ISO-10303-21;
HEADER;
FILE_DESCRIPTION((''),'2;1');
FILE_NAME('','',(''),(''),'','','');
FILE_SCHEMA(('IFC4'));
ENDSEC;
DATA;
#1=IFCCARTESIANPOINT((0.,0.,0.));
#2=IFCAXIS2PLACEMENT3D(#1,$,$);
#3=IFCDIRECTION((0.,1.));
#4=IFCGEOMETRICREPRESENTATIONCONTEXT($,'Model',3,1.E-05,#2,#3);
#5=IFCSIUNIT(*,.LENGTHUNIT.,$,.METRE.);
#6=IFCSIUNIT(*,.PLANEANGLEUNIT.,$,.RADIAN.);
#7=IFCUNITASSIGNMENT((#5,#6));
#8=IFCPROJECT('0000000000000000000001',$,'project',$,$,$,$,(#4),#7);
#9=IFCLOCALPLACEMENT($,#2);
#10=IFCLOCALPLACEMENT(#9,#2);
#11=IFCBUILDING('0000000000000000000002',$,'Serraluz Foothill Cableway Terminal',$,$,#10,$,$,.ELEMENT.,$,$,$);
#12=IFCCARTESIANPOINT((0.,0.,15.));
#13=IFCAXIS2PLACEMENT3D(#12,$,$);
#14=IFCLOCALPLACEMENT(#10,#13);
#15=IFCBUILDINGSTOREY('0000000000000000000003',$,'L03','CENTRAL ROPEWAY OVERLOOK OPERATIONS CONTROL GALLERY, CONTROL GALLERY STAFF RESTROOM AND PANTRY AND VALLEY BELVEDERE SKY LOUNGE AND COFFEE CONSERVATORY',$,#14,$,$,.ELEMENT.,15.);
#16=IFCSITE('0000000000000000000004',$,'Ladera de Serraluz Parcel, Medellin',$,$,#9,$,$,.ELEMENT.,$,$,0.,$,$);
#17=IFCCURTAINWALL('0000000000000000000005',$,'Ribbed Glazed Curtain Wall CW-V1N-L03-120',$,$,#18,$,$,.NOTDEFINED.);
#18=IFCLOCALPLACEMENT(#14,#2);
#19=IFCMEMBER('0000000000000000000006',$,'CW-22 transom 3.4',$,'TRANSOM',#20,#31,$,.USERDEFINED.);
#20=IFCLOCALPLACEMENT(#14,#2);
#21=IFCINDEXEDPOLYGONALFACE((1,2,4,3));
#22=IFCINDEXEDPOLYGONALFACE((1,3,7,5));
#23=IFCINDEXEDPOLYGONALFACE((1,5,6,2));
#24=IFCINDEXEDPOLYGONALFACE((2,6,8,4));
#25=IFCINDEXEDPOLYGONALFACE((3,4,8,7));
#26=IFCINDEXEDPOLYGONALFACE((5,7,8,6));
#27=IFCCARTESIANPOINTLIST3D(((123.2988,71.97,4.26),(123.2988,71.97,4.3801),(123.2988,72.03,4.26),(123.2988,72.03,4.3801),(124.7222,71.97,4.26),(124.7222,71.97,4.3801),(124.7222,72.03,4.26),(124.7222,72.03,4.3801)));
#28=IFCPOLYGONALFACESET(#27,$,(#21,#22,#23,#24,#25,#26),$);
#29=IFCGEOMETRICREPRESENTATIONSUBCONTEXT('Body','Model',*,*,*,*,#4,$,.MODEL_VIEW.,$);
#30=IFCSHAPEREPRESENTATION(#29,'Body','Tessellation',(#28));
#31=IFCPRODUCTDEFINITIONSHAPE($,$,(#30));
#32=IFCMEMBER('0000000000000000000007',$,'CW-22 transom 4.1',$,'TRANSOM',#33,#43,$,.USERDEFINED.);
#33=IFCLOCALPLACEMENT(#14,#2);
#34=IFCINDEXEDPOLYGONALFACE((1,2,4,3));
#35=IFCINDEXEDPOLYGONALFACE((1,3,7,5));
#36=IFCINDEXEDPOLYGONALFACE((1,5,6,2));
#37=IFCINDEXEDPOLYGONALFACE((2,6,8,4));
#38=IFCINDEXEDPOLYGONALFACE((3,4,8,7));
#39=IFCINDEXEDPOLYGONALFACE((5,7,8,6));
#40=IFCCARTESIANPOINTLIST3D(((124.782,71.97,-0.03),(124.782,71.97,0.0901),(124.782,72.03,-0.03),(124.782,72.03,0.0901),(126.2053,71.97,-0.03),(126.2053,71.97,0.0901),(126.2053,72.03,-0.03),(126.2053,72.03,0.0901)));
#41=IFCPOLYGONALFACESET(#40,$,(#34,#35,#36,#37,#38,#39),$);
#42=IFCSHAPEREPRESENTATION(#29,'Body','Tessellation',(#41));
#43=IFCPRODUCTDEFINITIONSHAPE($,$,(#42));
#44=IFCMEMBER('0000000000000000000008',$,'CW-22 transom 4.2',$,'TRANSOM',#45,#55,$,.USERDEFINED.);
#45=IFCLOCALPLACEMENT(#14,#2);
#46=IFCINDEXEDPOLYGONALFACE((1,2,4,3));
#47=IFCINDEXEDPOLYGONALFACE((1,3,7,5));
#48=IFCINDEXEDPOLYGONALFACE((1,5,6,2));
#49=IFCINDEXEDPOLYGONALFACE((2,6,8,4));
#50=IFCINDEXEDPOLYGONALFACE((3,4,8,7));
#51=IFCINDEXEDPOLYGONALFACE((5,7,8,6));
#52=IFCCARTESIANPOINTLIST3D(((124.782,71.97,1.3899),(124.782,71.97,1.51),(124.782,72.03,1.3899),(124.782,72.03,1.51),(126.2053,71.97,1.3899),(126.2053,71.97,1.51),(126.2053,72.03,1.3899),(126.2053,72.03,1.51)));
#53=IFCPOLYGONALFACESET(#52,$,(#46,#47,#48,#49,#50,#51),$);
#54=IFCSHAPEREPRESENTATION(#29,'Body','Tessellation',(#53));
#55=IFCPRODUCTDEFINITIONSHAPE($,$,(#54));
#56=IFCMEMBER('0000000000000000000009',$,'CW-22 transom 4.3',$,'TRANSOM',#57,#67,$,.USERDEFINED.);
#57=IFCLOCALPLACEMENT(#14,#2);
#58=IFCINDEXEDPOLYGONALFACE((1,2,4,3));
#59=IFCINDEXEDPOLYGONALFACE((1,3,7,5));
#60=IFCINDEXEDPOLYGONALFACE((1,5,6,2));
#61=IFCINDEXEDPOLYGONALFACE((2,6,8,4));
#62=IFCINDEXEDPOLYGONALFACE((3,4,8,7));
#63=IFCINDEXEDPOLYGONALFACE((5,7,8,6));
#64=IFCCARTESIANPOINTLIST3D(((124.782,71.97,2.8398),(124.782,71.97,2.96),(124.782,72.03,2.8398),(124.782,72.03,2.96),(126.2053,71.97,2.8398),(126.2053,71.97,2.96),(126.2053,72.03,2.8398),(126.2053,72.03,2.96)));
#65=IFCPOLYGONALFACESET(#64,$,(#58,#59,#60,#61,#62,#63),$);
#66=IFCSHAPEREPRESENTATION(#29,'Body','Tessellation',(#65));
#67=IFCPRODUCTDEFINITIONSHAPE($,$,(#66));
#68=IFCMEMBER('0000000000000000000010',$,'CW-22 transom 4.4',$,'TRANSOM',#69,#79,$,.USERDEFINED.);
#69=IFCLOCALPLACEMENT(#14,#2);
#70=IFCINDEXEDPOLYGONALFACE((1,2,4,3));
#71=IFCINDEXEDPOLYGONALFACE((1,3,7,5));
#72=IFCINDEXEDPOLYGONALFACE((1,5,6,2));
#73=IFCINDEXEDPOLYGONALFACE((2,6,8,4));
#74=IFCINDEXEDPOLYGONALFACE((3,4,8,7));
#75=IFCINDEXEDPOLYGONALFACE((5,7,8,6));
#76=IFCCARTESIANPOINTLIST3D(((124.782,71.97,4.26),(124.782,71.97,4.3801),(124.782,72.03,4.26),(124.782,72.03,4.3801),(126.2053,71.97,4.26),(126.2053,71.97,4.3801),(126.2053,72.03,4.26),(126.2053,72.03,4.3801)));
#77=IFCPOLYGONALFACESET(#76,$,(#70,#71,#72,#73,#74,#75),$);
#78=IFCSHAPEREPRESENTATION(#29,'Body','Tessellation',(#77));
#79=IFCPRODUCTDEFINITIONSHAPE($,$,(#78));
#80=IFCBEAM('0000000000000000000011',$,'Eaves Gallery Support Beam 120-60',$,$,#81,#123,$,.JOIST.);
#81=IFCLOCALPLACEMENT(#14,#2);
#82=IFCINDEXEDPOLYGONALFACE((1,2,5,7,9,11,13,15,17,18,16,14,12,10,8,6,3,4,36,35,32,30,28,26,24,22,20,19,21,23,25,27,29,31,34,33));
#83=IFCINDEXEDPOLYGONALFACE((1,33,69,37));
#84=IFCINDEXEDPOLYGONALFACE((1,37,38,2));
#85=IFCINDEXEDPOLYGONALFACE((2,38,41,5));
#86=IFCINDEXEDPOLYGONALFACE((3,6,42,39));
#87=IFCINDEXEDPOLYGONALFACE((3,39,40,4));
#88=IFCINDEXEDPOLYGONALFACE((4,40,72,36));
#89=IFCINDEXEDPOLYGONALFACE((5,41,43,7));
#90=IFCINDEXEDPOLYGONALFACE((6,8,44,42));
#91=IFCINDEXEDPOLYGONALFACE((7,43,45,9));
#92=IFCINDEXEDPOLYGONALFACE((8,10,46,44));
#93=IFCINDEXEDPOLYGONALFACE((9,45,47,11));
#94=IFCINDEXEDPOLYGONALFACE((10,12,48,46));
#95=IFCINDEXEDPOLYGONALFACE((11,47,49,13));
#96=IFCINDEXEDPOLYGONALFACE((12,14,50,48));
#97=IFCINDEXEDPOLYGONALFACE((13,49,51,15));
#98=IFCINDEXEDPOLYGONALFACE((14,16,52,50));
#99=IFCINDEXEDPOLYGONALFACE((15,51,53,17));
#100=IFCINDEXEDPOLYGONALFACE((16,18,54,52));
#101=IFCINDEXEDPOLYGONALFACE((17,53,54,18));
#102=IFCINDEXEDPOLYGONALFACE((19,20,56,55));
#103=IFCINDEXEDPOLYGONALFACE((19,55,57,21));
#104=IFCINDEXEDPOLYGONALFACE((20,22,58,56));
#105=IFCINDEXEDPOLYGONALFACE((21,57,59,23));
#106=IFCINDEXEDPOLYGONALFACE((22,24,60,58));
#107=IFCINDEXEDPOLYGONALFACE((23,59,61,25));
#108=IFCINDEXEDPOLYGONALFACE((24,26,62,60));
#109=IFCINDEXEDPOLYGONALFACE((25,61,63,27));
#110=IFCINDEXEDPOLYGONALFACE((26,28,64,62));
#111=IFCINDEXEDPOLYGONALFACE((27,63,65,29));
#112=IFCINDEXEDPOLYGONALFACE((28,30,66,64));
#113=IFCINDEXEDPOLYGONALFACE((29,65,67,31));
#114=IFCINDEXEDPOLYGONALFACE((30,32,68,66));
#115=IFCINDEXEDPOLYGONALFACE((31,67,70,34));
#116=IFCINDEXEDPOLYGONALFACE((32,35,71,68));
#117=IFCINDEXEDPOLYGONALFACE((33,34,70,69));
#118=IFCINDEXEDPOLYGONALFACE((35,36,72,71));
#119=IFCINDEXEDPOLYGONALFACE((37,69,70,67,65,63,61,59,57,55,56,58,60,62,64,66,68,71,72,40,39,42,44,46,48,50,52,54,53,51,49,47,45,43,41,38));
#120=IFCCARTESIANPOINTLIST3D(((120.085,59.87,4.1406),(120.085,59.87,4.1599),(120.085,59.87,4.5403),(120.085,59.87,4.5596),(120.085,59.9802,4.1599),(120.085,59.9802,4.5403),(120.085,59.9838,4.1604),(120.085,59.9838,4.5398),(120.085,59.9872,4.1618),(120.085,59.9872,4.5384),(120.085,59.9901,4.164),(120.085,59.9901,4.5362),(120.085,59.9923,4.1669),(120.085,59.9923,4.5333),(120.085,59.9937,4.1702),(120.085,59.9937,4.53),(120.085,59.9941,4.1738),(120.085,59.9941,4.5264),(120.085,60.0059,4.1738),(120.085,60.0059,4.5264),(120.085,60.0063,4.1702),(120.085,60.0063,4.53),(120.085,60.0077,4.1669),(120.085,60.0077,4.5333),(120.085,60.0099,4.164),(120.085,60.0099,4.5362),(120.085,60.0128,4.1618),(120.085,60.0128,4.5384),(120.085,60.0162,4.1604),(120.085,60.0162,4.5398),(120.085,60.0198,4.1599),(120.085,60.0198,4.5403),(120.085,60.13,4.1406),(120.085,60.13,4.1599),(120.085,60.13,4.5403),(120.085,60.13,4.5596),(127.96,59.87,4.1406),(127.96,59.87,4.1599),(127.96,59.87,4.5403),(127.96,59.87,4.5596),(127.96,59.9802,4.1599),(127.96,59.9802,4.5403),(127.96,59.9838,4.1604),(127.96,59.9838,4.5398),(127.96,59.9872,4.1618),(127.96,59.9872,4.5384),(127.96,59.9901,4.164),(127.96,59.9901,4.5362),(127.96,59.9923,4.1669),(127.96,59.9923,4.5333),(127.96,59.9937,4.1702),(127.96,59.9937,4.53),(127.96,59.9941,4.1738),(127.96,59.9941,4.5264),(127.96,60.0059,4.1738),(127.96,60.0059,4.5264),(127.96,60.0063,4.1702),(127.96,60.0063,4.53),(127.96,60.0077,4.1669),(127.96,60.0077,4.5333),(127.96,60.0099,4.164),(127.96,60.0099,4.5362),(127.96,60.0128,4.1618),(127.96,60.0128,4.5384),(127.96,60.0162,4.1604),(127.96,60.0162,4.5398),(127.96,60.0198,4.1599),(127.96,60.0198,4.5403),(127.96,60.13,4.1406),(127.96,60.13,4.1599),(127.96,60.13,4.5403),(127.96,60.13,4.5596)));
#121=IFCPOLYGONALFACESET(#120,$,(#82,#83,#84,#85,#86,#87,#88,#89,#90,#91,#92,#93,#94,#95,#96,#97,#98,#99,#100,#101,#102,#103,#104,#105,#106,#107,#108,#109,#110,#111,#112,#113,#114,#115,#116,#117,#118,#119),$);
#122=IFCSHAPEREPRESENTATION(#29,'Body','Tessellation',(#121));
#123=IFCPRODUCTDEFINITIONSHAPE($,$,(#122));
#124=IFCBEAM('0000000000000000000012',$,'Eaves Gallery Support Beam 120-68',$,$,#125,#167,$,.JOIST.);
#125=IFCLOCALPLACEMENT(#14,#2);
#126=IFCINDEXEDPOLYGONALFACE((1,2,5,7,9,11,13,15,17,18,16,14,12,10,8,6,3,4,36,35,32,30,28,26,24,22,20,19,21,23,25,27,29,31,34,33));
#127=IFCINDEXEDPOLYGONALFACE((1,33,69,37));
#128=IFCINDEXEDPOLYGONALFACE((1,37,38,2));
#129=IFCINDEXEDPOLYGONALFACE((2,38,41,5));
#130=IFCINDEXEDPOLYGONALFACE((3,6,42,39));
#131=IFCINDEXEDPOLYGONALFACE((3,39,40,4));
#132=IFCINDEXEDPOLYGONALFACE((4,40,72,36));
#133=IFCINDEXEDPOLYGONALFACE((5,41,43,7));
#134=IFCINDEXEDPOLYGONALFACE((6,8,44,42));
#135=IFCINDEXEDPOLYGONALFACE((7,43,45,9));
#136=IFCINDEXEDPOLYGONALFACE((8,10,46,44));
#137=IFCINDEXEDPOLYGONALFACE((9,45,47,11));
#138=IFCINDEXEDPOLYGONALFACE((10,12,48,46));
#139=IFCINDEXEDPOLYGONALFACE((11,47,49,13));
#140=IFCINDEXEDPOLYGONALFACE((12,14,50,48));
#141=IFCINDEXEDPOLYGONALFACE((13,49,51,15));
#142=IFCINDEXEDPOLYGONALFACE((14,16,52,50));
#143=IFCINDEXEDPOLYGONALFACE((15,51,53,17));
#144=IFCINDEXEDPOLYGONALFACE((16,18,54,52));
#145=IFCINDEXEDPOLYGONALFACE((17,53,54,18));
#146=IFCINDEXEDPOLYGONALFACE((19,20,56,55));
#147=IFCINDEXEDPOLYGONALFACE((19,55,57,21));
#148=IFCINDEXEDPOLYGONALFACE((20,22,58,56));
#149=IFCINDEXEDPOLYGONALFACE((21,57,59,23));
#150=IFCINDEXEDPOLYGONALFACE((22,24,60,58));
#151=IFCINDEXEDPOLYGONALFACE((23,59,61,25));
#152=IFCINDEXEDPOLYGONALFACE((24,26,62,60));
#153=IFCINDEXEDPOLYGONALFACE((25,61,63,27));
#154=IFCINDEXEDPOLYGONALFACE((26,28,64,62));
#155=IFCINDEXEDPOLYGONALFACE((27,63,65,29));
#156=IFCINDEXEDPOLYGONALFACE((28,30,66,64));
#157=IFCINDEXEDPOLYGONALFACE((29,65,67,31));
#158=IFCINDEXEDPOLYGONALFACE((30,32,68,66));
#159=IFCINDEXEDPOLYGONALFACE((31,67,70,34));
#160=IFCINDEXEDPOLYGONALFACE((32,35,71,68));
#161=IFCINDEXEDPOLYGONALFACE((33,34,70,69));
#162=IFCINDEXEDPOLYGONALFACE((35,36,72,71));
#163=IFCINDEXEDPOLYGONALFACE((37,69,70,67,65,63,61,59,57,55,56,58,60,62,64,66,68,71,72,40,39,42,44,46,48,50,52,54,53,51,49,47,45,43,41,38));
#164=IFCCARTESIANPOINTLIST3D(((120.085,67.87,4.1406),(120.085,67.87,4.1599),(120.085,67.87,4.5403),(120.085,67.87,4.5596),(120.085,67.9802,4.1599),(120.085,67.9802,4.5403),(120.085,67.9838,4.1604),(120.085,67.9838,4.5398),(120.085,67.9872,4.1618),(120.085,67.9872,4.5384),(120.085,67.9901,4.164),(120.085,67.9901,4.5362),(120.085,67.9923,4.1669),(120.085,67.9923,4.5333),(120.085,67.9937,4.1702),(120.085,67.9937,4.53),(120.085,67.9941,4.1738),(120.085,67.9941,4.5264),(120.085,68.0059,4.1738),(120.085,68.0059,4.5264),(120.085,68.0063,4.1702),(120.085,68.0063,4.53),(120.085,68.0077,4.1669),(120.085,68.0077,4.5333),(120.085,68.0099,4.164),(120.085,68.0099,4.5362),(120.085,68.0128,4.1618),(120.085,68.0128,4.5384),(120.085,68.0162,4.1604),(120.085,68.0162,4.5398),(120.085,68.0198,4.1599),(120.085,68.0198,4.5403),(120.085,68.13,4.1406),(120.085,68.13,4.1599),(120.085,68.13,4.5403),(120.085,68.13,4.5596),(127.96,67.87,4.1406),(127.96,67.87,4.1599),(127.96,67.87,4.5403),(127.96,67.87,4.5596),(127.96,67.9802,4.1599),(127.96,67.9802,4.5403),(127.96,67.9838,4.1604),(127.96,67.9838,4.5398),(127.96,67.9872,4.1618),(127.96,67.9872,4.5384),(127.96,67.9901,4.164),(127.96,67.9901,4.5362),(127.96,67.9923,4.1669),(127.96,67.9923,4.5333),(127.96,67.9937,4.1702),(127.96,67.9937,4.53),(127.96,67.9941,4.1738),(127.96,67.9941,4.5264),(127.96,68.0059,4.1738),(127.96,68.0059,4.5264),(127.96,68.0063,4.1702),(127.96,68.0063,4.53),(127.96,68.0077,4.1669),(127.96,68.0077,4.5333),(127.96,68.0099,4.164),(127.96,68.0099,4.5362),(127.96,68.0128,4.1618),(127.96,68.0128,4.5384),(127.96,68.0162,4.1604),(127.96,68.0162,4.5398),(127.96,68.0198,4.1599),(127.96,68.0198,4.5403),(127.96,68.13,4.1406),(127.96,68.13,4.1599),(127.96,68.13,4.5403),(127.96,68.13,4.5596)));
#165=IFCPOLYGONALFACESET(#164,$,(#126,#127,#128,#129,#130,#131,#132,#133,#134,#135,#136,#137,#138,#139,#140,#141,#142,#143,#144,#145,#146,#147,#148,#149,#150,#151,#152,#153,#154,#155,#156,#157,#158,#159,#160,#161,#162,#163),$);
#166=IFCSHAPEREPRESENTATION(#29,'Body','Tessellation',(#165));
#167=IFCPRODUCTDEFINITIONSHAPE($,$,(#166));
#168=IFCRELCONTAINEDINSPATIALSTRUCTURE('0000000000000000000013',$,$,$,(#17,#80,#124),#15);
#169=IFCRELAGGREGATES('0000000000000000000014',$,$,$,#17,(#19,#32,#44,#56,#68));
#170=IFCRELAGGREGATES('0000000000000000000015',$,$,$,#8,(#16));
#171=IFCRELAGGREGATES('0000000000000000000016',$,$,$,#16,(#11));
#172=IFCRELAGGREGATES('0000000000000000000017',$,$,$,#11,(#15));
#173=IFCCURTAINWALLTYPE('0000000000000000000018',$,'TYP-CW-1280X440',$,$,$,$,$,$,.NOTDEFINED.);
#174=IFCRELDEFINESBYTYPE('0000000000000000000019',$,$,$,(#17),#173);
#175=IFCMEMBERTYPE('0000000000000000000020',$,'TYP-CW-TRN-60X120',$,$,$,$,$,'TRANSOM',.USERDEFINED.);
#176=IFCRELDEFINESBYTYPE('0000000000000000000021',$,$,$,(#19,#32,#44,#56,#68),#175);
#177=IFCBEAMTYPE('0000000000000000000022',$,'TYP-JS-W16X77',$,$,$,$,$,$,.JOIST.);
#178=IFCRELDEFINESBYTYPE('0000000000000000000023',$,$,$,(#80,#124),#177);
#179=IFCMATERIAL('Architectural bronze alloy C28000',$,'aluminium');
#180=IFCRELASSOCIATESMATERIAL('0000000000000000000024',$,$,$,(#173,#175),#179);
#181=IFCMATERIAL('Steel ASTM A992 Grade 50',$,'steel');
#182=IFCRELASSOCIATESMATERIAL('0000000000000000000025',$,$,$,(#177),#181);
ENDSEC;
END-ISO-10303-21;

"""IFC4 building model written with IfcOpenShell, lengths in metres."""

from ifc_helpers import new_model, si_unit, direction, frame, origin, origin_2d, place, context, subcontext, project, spatial, rectangle, i_section, extrude, material, material_profile, profile_set, type_object, element, aggregate, save


model = new_model("IFC4")

# Units and contexts
model_context = context("Model", 3, precision=1e-05, world=origin(), true_north=direction((0.0, 1.0)))
body_context = subcontext(model_context, "Body", "Model", "MODEL_VIEW")
ifc_project = project(units=[si_unit("LENGTHUNIT", "METRE"), si_unit("PLANEANGLEUNIT", "RADIAN")], contexts=[model_context])

# Site, building, storey
site_placement = place(None, origin())
site = spatial("IfcSite", under=ifc_project, at=site_placement, Name="Ladera de Serraluz Parcel, Medellin", CompositionType="ELEMENT", RefElevation=0.0)
building_placement = place(site_placement, origin())
building = spatial("IfcBuilding", under=site, at=building_placement, Name="Serraluz Foothill Cableway Terminal", CompositionType="ELEMENT")
storey_placement = place(building_placement, frame((0.0, 0.0, 15.0)))
storey = spatial("IfcBuildingStorey", under=building, at=storey_placement, Name="L03", Description="CENTRAL ROPEWAY OVERLOOK OPERATIONS CONTROL GALLERY, CONTROL GALLERY STAFF RESTROOM AND PANTRY AND VALLEY BELVEDERE SKY LOUNGE AND COFFEE CONSERVATORY", CompositionType="ELEMENT", Elevation=15.0)

# Curtain wall, members
ifc_material_1 = material(Name="Architectural bronze alloy C28000", Category="aluminium")
curtain_wall_type = type_object("IfcCurtainWallType", Name="TYP-CW-1280X440", PredefinedType="NOTDEFINED", material=ifc_material_1)
curtain_wall_placement = place(storey_placement, origin())
curtain_wall = element("IfcCurtainWall", 1, at=curtain_wall_placement, inside=storey, type_object=curtain_wall_type, Name="Ribbed Glazed Curtain Wall CW-V1N-L03-120", PredefinedType="NOTDEFINED")
ifc_material_profile_1 = material_profile(ifc_material_1, rectangle(XDim=0.0601, YDim=0.1201, at=origin_2d()), Name="ALU TRANSOM 60x120")
ifc_profile_set_1 = profile_set([ifc_material_profile_1], Name="Architectural bronze alloy C28000")
member_type_1 = type_object("IfcMemberType", Name="TYP-CW-TRN-60X120", ElementType="TRANSOM", PredefinedType="USERDEFINED", material=ifc_profile_set_1)
member_1_placement = place(storey_placement, frame((123.2988, 72.0, 4.3201), z_axis=(1.0, 0.0, 0.0), x_axis=(0.0, 1.0, 0.0)))
member_1 = element("IfcMember", 2, at=member_1_placement, type_object=member_type_1, Name="CW-22 transom 3.4", ObjectType="TRANSOM", PredefinedType="USERDEFINED", context=body_context, shape_type="SweptSolid", body=[
    extrude(rectangle(XDim=0.0601, YDim=0.1201, at=origin_2d()), origin(), (0.0, 0.0, 1.0), 1.4233),
])
member_2_placement = place(storey_placement, frame((124.782, 72.0, 0.03), z_axis=(1.0, 0.0, 0.0), x_axis=(0.0, 1.0, 0.0)))
member_2 = element("IfcMember", 3, at=member_2_placement, type_object=member_type_1, Name="CW-22 transom 4.1", ObjectType="TRANSOM", PredefinedType="USERDEFINED", context=body_context, shape_type="SweptSolid", body=[
    extrude(rectangle(XDim=0.0601, YDim=0.1201, at=origin_2d()), origin(), (0.0, 0.0, 1.0), 1.4233),
])
member_3_placement = place(storey_placement, frame((124.782, 72.0, 1.45), z_axis=(1.0, 0.0, 0.0), x_axis=(0.0, 1.0, 0.0)))
member_3 = element("IfcMember", 4, at=member_3_placement, type_object=member_type_1, Name="CW-22 transom 4.2", ObjectType="TRANSOM", PredefinedType="USERDEFINED", context=body_context, shape_type="SweptSolid", body=[
    extrude(rectangle(XDim=0.0601, YDim=0.1201, at=origin_2d()), origin(), (0.0, 0.0, 1.0), 1.4233),
])
member_4_placement = place(storey_placement, frame((124.782, 72.0, 2.8999), z_axis=(1.0, 0.0, 0.0), x_axis=(0.0, 1.0, 0.0)))
member_4 = element("IfcMember", 5, at=member_4_placement, type_object=member_type_1, Name="CW-22 transom 4.3", ObjectType="TRANSOM", PredefinedType="USERDEFINED", context=body_context, shape_type="SweptSolid", body=[
    extrude(rectangle(XDim=0.0601, YDim=0.1201, at=origin_2d()), origin(), (0.0, 0.0, 1.0), 1.4233),
])
member_5_placement = place(storey_placement, frame((124.782, 72.0, 4.3201), z_axis=(1.0, 0.0, 0.0), x_axis=(0.0, 1.0, 0.0)))
member_5 = element("IfcMember", 6, at=member_5_placement, type_object=member_type_1, Name="CW-22 transom 4.4", ObjectType="TRANSOM", PredefinedType="USERDEFINED", context=body_context, shape_type="SweptSolid", body=[
    extrude(rectangle(XDim=0.0601, YDim=0.1201, at=origin_2d()), origin(), (0.0, 0.0, 1.0), 1.4233),
])

# Beams
ifc_material_2 = material(Name="Steel ASTM A992 Grade 50", Category="steel")
ifc_material_profile_2 = material_profile(ifc_material_2, i_section(OverallWidth=0.26, OverallDepth=0.4189, WebThickness=0.0117, FlangeThickness=0.0193, FilletRadius=0.0139, at=origin_2d()), Name="W16X77")
ifc_profile_set_2 = profile_set([ifc_material_profile_2], Name="Steel ASTM A992 Grade 50")
beam_type_1 = type_object("IfcBeamType", Name="TYP-JS-W16X77", PredefinedType="JOIST", material=ifc_profile_set_2)
for number, where, z_axis, x_axis, name in (
    (7, (120.085, 60.0, 4.3501), (1.0, 0.0, 0.0), (0.0, 1.0, 0.0), "Eaves Gallery Support Beam 120-60"),
    (8, (120.085, 68.0, 4.3501), (1.0, 0.0, 0.0), (0.0, 1.0, 0.0), "Eaves Gallery Support Beam 120-68"),
):
    element("IfcBeam", number, at=place(storey_placement, frame(where, z_axis=z_axis, x_axis=x_axis)), inside=storey, type_object=beam_type_1, Name=name, PredefinedType="JOIST", context=body_context, shape_type="SweptSolid", body=[
        extrude(i_section(OverallWidth=0.26, OverallDepth=0.4189, WebThickness=0.0117, FlangeThickness=0.0193, FilletRadius=0.0139, at=origin_2d()), origin(), (0.0, 0.0, 1.0), 7.875),
    ])

aggregate(curtain_wall, [member_1, member_2, member_3, member_4, member_5])

save(model, "model.ifc")
